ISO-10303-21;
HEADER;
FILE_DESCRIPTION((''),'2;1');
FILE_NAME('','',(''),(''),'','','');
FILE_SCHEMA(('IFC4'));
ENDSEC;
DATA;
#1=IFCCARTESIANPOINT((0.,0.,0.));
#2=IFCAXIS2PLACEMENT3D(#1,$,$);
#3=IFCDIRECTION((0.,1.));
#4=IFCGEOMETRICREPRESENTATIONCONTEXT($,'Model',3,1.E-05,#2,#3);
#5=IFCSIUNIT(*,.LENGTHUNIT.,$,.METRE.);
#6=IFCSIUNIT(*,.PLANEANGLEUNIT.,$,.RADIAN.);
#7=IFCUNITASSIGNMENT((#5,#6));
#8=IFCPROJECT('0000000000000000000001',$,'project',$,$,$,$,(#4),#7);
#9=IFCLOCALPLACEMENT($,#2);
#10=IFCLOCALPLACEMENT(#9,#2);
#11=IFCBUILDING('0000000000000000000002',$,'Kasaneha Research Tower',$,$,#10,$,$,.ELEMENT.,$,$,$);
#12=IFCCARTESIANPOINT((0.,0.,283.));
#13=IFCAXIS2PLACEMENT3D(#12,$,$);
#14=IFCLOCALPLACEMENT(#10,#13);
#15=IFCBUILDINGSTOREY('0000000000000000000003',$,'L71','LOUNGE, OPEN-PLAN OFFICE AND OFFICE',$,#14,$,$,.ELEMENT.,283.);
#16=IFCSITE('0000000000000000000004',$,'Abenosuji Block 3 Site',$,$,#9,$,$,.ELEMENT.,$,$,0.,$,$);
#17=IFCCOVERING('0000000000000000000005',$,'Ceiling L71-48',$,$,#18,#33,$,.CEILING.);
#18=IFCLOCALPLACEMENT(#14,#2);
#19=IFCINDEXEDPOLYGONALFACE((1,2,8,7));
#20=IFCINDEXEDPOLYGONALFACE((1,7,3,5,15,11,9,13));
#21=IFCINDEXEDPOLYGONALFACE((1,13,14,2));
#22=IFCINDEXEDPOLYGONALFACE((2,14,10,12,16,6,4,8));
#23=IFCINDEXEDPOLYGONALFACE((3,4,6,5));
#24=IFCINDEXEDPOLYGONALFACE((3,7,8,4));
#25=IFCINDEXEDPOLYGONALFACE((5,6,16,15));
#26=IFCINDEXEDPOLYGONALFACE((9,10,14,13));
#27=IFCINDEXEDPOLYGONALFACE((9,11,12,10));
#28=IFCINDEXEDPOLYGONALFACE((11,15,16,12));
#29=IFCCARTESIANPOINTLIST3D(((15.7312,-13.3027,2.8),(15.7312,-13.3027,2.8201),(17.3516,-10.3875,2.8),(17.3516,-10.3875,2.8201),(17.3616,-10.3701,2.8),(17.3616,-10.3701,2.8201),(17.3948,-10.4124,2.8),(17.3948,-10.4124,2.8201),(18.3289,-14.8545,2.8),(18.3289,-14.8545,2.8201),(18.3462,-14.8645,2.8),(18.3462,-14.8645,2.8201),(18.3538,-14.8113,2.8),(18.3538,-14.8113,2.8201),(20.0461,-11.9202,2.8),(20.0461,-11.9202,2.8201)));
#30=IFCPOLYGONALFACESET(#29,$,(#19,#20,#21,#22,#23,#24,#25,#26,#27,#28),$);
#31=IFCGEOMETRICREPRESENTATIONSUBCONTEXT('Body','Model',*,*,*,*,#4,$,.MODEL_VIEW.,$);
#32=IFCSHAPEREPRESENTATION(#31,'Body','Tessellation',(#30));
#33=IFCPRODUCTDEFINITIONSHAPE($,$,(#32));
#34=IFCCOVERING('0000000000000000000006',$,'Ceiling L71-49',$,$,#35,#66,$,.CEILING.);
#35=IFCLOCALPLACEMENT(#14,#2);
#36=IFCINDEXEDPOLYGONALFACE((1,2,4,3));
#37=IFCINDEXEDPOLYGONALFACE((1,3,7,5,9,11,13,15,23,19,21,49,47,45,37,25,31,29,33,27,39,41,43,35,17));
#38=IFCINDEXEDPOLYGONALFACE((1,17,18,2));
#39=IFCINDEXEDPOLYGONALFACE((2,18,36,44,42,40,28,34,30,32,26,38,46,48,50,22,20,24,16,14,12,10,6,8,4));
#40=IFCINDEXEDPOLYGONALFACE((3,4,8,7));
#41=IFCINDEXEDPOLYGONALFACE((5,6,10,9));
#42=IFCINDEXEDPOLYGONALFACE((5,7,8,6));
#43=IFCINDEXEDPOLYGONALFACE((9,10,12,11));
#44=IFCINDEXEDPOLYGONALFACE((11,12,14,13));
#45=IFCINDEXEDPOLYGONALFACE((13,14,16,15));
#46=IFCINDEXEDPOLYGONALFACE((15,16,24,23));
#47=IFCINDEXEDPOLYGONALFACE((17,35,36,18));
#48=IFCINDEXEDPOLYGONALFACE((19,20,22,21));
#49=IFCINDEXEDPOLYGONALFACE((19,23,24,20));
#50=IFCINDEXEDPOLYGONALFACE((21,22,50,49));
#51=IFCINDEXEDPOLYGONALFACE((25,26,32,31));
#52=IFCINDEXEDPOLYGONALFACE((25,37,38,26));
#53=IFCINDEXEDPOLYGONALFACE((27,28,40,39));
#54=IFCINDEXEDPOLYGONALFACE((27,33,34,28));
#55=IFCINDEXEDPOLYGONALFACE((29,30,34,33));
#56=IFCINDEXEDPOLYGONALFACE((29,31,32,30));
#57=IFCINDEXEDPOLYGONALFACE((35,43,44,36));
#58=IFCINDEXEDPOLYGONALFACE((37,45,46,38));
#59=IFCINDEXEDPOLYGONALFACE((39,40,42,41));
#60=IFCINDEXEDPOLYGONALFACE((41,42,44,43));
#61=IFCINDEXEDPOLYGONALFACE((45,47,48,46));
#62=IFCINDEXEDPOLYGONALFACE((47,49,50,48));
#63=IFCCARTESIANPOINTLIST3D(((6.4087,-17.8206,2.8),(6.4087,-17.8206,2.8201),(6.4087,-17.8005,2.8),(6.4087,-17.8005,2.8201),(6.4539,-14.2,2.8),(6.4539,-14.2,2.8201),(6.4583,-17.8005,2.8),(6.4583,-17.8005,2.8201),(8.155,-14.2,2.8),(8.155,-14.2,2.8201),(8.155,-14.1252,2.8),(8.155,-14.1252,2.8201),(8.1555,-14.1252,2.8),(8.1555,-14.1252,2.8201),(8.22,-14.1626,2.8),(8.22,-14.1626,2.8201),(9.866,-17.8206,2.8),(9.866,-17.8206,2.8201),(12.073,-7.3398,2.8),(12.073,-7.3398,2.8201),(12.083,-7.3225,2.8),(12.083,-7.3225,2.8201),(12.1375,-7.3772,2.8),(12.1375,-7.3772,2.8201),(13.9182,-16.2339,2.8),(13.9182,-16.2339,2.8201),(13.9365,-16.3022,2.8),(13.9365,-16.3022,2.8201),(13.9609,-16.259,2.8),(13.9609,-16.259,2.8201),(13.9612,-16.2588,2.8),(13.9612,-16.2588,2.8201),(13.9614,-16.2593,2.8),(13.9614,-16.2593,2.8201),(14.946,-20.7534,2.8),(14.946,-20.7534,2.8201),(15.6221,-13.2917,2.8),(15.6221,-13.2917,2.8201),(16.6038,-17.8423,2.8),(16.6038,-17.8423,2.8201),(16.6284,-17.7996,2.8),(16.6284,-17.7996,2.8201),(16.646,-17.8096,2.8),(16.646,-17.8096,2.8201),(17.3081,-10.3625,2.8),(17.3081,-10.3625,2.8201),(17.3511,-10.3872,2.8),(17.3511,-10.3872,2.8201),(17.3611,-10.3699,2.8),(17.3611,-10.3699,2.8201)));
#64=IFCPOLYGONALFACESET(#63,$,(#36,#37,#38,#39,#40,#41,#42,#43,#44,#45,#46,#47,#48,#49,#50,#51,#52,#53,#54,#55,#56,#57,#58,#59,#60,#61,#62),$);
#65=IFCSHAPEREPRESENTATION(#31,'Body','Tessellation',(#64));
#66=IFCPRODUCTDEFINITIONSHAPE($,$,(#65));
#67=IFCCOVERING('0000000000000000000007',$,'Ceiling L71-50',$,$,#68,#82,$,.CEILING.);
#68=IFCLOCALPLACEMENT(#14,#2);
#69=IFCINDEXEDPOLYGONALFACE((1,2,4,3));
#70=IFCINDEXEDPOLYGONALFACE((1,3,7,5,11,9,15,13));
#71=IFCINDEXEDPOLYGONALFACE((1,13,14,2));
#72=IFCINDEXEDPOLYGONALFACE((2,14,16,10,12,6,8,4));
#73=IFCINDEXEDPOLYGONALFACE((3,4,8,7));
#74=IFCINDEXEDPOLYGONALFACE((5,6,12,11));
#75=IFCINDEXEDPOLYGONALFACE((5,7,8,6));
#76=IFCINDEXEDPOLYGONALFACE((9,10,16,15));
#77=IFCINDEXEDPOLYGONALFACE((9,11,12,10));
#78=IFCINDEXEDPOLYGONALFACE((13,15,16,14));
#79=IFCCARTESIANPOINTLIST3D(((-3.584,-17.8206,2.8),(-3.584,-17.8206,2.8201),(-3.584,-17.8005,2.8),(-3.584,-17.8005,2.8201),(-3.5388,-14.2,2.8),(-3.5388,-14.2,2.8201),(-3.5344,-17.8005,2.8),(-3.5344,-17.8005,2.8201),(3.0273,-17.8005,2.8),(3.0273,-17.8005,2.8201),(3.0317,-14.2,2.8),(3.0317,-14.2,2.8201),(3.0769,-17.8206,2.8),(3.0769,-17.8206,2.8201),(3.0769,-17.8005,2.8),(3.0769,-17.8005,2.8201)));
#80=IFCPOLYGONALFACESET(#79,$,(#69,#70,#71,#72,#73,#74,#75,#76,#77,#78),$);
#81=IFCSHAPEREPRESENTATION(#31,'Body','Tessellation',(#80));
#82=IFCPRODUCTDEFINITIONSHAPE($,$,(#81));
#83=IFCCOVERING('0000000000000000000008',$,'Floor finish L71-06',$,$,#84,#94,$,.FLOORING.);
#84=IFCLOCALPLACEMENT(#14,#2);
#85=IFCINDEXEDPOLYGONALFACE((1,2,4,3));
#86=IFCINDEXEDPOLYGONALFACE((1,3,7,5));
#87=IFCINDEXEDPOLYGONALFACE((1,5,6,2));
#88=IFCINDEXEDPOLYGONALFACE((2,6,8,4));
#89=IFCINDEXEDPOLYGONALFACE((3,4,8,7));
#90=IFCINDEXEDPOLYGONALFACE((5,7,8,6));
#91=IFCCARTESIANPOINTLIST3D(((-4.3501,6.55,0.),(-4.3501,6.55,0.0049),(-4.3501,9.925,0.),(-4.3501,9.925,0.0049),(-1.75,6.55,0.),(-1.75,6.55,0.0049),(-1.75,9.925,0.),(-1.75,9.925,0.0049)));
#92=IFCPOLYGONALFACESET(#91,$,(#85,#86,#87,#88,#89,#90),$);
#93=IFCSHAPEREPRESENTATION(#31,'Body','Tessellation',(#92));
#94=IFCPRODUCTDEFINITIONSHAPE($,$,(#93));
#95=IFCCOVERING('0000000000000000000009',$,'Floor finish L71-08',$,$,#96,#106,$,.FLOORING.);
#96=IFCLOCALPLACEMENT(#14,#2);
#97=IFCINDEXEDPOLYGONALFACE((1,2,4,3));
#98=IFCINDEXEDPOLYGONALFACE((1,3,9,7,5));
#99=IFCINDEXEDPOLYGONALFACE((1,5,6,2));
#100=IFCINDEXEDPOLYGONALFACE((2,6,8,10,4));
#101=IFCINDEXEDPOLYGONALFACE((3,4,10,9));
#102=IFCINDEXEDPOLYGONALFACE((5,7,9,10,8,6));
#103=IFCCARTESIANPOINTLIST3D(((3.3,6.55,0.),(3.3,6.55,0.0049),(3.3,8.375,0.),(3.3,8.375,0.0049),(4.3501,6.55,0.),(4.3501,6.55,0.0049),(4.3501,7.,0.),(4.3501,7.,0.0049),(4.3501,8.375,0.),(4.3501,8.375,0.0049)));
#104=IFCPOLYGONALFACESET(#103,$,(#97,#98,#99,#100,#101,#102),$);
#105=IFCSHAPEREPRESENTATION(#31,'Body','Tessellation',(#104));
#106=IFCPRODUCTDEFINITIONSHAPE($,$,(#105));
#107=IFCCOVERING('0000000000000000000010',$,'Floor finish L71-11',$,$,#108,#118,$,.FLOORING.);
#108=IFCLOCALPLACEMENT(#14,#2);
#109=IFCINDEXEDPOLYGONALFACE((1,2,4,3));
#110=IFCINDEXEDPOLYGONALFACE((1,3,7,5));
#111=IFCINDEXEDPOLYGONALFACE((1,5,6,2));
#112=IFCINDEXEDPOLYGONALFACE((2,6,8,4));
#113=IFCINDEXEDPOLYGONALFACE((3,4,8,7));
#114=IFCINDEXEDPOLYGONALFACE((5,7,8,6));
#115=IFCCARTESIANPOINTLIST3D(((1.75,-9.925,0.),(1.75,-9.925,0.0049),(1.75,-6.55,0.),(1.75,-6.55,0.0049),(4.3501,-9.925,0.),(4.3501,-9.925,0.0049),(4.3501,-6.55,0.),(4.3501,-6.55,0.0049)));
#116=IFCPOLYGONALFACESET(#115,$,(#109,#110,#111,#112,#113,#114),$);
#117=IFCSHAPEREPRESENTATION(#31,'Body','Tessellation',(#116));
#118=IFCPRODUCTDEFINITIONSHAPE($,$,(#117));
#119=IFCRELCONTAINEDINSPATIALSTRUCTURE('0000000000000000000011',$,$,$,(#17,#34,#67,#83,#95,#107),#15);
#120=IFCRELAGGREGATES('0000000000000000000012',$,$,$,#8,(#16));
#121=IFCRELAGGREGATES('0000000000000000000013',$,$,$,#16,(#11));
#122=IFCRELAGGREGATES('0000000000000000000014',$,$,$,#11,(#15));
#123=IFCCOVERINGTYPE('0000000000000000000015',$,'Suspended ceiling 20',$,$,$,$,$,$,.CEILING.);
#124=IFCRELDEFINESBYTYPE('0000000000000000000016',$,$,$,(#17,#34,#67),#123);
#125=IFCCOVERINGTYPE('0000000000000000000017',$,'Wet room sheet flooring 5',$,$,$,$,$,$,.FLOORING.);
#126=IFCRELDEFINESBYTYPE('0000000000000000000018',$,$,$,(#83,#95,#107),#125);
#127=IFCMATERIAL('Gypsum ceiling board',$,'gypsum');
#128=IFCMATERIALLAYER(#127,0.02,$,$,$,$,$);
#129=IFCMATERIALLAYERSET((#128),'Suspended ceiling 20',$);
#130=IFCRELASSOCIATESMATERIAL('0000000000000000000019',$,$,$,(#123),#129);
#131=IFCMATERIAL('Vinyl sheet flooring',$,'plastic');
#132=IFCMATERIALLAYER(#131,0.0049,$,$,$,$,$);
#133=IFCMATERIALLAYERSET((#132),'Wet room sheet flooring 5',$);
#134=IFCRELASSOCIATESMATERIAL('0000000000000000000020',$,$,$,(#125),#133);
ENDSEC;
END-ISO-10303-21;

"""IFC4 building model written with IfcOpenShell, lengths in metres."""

from ifc_helpers import new_model, si_unit, direction, frame, origin, place, context, subcontext, project, spatial, polyline, outline, extrude, material, layer, layer_set, type_object, element, save


model = new_model("IFC4")

# Units and contexts
model_context = context("Model", 3, precision=1e-05, world=origin(), true_north=direction((0.0, 1.0)))
body_context = subcontext(model_context, "Body", "Model", "MODEL_VIEW")
ifc_project = project(units=[si_unit("LENGTHUNIT", "METRE"), si_unit("PLANEANGLEUNIT", "RADIAN")], contexts=[model_context])

# Site, building, storey
site_placement = place(None, origin())
site = spatial("IfcSite", under=ifc_project, at=site_placement, Name="Abenosuji Block 3 Site", CompositionType="ELEMENT", RefElevation=0.0)
building_placement = place(site_placement, origin())
building = spatial("IfcBuilding", under=site, at=building_placement, Name="Kasaneha Research Tower", CompositionType="ELEMENT")
storey_placement = place(building_placement, frame((0.0, 0.0, 283.0)))
storey = spatial("IfcBuildingStorey", under=building, at=storey_placement, Name="L71", Description="LOUNGE, OPEN-PLAN OFFICE AND OFFICE", CompositionType="ELEMENT", Elevation=283.0)

# Coverings
ifc_material_1 = material(Name="Gypsum ceiling board", Category="gypsum")
ifc_layer_1 = layer(ifc_material_1, 0.02)
ifc_layer_set_1 = layer_set([ifc_layer_1], Name="Suspended ceiling 20")
covering_type_1 = type_object("IfcCoveringType", Name="Suspended ceiling 20", PredefinedType="CEILING", material=ifc_layer_set_1)
covering_1_placement = place(storey_placement, frame((0.0, 0.0, 2.8)))
element("IfcCovering", 1, at=covering_1_placement, inside=storey, type_object=covering_type_1, Name="Ceiling L71-48", PredefinedType="CEILING", context=body_context, shape_type="SweptSolid", body=[
    extrude(outline(polyline([(18.3462, -14.8645), (18.3289, -14.8545), (18.3538, -14.8113), (15.7312, -13.3027), (17.3948, -10.4124), (17.3516, -10.3875), (17.3616, -10.3701), (20.0461, -11.9202), (18.3462, -14.8645)])), origin(), (0.0, 0.0, 1.0), 0.02),
])
covering_2_placement = place(storey_placement, frame((0.0, 0.0, 2.8)))
element("IfcCovering", 2, at=covering_2_placement, inside=storey, type_object=covering_type_1, Name="Ceiling L71-49", PredefinedType="CEILING", context=body_context, shape_type="SweptSolid", body=[
    extrude(outline(polyline([(13.9614, -16.2593), (13.9365, -16.3022), (16.6038, -17.8423), (16.6284, -17.7996), (16.646, -17.8096), (14.946, -20.7534), (9.866, -17.8206), (6.4087, -17.8206), (6.4087, -17.8005), (6.4583, -17.8005), (6.4539, -14.2), (8.155, -14.2), (8.155, -14.1252), (8.1555, -14.1252), (8.1555, -14.1252), (8.22, -14.1626), (12.1375, -7.3772), (12.073, -7.3398), (12.083, -7.3225), (17.3611, -10.3699), (17.3511, -10.3872), (17.3081, -10.3625), (15.6221, -13.2917), (13.9182, -16.2339), (13.9612, -16.2588), (13.9609, -16.259), (13.9614, -16.2593)])), origin(), (0.0, 0.0, 1.0), 0.02),
])
covering_3_placement = place(storey_placement, frame((0.0, 0.0, 2.8)))
element("IfcCovering", 3, at=covering_3_placement, inside=storey, type_object=covering_type_1, Name="Ceiling L71-50", PredefinedType="CEILING", context=body_context, shape_type="SweptSolid", body=[
    extrude(outline(polyline([(3.0769, -17.8206), (-3.584, -17.8206), (-3.584, -17.8005), (-3.5344, -17.8005), (-3.5388, -14.2), (3.0317, -14.2), (3.0273, -17.8005), (3.0769, -17.8005), (3.0769, -17.8206)])), origin(), (0.0, 0.0, 1.0), 0.02),
])
ifc_material_2 = material(Name="Vinyl sheet flooring", Category="plastic")
ifc_layer_2 = layer(ifc_material_2, 0.0049)
ifc_layer_set_2 = layer_set([ifc_layer_2], Name="Wet room sheet flooring 5")
covering_type_2 = type_object("IfcCoveringType", Name="Wet room sheet flooring 5", PredefinedType="FLOORING", material=ifc_layer_set_2)
covering_4_placement = place(storey_placement, origin())
element("IfcCovering", 4, at=covering_4_placement, inside=storey, type_object=covering_type_2, Name="Floor finish L71-06", PredefinedType="FLOORING", context=body_context, shape_type="SweptSolid", body=[
    extrude(outline(polyline([(-1.75, 9.925), (-1.75, 6.55), (-4.3501, 6.55), (-4.3501, 9.925), (-1.75, 9.925)])), origin(), (0.0, 0.0, 1.0), 0.0049),
])
covering_5_placement = place(storey_placement, origin())
element("IfcCovering", 5, at=covering_5_placement, inside=storey, type_object=covering_type_2, Name="Floor finish L71-08", PredefinedType="FLOORING", context=body_context, shape_type="SweptSolid", body=[
    extrude(outline(polyline([(3.3, 6.55), (3.3, 8.375), (4.3501, 8.375), (4.3501, 7.0), (4.3501, 6.55), (3.3, 6.55)])), origin(), (0.0, 0.0, 1.0), 0.0049),
])
covering_6_placement = place(storey_placement, origin())
element("IfcCovering", 6, at=covering_6_placement, inside=storey, type_object=covering_type_2, Name="Floor finish L71-11", PredefinedType="FLOORING", context=body_context, shape_type="SweptSolid", body=[
    extrude(outline(polyline([(1.75, -9.925), (1.75, -6.55), (4.3501, -6.55), (4.3501, -9.925), (1.75, -9.925)])), origin(), (0.0, 0.0, 1.0), 0.0049),
])

save(model, "model.ifc")
